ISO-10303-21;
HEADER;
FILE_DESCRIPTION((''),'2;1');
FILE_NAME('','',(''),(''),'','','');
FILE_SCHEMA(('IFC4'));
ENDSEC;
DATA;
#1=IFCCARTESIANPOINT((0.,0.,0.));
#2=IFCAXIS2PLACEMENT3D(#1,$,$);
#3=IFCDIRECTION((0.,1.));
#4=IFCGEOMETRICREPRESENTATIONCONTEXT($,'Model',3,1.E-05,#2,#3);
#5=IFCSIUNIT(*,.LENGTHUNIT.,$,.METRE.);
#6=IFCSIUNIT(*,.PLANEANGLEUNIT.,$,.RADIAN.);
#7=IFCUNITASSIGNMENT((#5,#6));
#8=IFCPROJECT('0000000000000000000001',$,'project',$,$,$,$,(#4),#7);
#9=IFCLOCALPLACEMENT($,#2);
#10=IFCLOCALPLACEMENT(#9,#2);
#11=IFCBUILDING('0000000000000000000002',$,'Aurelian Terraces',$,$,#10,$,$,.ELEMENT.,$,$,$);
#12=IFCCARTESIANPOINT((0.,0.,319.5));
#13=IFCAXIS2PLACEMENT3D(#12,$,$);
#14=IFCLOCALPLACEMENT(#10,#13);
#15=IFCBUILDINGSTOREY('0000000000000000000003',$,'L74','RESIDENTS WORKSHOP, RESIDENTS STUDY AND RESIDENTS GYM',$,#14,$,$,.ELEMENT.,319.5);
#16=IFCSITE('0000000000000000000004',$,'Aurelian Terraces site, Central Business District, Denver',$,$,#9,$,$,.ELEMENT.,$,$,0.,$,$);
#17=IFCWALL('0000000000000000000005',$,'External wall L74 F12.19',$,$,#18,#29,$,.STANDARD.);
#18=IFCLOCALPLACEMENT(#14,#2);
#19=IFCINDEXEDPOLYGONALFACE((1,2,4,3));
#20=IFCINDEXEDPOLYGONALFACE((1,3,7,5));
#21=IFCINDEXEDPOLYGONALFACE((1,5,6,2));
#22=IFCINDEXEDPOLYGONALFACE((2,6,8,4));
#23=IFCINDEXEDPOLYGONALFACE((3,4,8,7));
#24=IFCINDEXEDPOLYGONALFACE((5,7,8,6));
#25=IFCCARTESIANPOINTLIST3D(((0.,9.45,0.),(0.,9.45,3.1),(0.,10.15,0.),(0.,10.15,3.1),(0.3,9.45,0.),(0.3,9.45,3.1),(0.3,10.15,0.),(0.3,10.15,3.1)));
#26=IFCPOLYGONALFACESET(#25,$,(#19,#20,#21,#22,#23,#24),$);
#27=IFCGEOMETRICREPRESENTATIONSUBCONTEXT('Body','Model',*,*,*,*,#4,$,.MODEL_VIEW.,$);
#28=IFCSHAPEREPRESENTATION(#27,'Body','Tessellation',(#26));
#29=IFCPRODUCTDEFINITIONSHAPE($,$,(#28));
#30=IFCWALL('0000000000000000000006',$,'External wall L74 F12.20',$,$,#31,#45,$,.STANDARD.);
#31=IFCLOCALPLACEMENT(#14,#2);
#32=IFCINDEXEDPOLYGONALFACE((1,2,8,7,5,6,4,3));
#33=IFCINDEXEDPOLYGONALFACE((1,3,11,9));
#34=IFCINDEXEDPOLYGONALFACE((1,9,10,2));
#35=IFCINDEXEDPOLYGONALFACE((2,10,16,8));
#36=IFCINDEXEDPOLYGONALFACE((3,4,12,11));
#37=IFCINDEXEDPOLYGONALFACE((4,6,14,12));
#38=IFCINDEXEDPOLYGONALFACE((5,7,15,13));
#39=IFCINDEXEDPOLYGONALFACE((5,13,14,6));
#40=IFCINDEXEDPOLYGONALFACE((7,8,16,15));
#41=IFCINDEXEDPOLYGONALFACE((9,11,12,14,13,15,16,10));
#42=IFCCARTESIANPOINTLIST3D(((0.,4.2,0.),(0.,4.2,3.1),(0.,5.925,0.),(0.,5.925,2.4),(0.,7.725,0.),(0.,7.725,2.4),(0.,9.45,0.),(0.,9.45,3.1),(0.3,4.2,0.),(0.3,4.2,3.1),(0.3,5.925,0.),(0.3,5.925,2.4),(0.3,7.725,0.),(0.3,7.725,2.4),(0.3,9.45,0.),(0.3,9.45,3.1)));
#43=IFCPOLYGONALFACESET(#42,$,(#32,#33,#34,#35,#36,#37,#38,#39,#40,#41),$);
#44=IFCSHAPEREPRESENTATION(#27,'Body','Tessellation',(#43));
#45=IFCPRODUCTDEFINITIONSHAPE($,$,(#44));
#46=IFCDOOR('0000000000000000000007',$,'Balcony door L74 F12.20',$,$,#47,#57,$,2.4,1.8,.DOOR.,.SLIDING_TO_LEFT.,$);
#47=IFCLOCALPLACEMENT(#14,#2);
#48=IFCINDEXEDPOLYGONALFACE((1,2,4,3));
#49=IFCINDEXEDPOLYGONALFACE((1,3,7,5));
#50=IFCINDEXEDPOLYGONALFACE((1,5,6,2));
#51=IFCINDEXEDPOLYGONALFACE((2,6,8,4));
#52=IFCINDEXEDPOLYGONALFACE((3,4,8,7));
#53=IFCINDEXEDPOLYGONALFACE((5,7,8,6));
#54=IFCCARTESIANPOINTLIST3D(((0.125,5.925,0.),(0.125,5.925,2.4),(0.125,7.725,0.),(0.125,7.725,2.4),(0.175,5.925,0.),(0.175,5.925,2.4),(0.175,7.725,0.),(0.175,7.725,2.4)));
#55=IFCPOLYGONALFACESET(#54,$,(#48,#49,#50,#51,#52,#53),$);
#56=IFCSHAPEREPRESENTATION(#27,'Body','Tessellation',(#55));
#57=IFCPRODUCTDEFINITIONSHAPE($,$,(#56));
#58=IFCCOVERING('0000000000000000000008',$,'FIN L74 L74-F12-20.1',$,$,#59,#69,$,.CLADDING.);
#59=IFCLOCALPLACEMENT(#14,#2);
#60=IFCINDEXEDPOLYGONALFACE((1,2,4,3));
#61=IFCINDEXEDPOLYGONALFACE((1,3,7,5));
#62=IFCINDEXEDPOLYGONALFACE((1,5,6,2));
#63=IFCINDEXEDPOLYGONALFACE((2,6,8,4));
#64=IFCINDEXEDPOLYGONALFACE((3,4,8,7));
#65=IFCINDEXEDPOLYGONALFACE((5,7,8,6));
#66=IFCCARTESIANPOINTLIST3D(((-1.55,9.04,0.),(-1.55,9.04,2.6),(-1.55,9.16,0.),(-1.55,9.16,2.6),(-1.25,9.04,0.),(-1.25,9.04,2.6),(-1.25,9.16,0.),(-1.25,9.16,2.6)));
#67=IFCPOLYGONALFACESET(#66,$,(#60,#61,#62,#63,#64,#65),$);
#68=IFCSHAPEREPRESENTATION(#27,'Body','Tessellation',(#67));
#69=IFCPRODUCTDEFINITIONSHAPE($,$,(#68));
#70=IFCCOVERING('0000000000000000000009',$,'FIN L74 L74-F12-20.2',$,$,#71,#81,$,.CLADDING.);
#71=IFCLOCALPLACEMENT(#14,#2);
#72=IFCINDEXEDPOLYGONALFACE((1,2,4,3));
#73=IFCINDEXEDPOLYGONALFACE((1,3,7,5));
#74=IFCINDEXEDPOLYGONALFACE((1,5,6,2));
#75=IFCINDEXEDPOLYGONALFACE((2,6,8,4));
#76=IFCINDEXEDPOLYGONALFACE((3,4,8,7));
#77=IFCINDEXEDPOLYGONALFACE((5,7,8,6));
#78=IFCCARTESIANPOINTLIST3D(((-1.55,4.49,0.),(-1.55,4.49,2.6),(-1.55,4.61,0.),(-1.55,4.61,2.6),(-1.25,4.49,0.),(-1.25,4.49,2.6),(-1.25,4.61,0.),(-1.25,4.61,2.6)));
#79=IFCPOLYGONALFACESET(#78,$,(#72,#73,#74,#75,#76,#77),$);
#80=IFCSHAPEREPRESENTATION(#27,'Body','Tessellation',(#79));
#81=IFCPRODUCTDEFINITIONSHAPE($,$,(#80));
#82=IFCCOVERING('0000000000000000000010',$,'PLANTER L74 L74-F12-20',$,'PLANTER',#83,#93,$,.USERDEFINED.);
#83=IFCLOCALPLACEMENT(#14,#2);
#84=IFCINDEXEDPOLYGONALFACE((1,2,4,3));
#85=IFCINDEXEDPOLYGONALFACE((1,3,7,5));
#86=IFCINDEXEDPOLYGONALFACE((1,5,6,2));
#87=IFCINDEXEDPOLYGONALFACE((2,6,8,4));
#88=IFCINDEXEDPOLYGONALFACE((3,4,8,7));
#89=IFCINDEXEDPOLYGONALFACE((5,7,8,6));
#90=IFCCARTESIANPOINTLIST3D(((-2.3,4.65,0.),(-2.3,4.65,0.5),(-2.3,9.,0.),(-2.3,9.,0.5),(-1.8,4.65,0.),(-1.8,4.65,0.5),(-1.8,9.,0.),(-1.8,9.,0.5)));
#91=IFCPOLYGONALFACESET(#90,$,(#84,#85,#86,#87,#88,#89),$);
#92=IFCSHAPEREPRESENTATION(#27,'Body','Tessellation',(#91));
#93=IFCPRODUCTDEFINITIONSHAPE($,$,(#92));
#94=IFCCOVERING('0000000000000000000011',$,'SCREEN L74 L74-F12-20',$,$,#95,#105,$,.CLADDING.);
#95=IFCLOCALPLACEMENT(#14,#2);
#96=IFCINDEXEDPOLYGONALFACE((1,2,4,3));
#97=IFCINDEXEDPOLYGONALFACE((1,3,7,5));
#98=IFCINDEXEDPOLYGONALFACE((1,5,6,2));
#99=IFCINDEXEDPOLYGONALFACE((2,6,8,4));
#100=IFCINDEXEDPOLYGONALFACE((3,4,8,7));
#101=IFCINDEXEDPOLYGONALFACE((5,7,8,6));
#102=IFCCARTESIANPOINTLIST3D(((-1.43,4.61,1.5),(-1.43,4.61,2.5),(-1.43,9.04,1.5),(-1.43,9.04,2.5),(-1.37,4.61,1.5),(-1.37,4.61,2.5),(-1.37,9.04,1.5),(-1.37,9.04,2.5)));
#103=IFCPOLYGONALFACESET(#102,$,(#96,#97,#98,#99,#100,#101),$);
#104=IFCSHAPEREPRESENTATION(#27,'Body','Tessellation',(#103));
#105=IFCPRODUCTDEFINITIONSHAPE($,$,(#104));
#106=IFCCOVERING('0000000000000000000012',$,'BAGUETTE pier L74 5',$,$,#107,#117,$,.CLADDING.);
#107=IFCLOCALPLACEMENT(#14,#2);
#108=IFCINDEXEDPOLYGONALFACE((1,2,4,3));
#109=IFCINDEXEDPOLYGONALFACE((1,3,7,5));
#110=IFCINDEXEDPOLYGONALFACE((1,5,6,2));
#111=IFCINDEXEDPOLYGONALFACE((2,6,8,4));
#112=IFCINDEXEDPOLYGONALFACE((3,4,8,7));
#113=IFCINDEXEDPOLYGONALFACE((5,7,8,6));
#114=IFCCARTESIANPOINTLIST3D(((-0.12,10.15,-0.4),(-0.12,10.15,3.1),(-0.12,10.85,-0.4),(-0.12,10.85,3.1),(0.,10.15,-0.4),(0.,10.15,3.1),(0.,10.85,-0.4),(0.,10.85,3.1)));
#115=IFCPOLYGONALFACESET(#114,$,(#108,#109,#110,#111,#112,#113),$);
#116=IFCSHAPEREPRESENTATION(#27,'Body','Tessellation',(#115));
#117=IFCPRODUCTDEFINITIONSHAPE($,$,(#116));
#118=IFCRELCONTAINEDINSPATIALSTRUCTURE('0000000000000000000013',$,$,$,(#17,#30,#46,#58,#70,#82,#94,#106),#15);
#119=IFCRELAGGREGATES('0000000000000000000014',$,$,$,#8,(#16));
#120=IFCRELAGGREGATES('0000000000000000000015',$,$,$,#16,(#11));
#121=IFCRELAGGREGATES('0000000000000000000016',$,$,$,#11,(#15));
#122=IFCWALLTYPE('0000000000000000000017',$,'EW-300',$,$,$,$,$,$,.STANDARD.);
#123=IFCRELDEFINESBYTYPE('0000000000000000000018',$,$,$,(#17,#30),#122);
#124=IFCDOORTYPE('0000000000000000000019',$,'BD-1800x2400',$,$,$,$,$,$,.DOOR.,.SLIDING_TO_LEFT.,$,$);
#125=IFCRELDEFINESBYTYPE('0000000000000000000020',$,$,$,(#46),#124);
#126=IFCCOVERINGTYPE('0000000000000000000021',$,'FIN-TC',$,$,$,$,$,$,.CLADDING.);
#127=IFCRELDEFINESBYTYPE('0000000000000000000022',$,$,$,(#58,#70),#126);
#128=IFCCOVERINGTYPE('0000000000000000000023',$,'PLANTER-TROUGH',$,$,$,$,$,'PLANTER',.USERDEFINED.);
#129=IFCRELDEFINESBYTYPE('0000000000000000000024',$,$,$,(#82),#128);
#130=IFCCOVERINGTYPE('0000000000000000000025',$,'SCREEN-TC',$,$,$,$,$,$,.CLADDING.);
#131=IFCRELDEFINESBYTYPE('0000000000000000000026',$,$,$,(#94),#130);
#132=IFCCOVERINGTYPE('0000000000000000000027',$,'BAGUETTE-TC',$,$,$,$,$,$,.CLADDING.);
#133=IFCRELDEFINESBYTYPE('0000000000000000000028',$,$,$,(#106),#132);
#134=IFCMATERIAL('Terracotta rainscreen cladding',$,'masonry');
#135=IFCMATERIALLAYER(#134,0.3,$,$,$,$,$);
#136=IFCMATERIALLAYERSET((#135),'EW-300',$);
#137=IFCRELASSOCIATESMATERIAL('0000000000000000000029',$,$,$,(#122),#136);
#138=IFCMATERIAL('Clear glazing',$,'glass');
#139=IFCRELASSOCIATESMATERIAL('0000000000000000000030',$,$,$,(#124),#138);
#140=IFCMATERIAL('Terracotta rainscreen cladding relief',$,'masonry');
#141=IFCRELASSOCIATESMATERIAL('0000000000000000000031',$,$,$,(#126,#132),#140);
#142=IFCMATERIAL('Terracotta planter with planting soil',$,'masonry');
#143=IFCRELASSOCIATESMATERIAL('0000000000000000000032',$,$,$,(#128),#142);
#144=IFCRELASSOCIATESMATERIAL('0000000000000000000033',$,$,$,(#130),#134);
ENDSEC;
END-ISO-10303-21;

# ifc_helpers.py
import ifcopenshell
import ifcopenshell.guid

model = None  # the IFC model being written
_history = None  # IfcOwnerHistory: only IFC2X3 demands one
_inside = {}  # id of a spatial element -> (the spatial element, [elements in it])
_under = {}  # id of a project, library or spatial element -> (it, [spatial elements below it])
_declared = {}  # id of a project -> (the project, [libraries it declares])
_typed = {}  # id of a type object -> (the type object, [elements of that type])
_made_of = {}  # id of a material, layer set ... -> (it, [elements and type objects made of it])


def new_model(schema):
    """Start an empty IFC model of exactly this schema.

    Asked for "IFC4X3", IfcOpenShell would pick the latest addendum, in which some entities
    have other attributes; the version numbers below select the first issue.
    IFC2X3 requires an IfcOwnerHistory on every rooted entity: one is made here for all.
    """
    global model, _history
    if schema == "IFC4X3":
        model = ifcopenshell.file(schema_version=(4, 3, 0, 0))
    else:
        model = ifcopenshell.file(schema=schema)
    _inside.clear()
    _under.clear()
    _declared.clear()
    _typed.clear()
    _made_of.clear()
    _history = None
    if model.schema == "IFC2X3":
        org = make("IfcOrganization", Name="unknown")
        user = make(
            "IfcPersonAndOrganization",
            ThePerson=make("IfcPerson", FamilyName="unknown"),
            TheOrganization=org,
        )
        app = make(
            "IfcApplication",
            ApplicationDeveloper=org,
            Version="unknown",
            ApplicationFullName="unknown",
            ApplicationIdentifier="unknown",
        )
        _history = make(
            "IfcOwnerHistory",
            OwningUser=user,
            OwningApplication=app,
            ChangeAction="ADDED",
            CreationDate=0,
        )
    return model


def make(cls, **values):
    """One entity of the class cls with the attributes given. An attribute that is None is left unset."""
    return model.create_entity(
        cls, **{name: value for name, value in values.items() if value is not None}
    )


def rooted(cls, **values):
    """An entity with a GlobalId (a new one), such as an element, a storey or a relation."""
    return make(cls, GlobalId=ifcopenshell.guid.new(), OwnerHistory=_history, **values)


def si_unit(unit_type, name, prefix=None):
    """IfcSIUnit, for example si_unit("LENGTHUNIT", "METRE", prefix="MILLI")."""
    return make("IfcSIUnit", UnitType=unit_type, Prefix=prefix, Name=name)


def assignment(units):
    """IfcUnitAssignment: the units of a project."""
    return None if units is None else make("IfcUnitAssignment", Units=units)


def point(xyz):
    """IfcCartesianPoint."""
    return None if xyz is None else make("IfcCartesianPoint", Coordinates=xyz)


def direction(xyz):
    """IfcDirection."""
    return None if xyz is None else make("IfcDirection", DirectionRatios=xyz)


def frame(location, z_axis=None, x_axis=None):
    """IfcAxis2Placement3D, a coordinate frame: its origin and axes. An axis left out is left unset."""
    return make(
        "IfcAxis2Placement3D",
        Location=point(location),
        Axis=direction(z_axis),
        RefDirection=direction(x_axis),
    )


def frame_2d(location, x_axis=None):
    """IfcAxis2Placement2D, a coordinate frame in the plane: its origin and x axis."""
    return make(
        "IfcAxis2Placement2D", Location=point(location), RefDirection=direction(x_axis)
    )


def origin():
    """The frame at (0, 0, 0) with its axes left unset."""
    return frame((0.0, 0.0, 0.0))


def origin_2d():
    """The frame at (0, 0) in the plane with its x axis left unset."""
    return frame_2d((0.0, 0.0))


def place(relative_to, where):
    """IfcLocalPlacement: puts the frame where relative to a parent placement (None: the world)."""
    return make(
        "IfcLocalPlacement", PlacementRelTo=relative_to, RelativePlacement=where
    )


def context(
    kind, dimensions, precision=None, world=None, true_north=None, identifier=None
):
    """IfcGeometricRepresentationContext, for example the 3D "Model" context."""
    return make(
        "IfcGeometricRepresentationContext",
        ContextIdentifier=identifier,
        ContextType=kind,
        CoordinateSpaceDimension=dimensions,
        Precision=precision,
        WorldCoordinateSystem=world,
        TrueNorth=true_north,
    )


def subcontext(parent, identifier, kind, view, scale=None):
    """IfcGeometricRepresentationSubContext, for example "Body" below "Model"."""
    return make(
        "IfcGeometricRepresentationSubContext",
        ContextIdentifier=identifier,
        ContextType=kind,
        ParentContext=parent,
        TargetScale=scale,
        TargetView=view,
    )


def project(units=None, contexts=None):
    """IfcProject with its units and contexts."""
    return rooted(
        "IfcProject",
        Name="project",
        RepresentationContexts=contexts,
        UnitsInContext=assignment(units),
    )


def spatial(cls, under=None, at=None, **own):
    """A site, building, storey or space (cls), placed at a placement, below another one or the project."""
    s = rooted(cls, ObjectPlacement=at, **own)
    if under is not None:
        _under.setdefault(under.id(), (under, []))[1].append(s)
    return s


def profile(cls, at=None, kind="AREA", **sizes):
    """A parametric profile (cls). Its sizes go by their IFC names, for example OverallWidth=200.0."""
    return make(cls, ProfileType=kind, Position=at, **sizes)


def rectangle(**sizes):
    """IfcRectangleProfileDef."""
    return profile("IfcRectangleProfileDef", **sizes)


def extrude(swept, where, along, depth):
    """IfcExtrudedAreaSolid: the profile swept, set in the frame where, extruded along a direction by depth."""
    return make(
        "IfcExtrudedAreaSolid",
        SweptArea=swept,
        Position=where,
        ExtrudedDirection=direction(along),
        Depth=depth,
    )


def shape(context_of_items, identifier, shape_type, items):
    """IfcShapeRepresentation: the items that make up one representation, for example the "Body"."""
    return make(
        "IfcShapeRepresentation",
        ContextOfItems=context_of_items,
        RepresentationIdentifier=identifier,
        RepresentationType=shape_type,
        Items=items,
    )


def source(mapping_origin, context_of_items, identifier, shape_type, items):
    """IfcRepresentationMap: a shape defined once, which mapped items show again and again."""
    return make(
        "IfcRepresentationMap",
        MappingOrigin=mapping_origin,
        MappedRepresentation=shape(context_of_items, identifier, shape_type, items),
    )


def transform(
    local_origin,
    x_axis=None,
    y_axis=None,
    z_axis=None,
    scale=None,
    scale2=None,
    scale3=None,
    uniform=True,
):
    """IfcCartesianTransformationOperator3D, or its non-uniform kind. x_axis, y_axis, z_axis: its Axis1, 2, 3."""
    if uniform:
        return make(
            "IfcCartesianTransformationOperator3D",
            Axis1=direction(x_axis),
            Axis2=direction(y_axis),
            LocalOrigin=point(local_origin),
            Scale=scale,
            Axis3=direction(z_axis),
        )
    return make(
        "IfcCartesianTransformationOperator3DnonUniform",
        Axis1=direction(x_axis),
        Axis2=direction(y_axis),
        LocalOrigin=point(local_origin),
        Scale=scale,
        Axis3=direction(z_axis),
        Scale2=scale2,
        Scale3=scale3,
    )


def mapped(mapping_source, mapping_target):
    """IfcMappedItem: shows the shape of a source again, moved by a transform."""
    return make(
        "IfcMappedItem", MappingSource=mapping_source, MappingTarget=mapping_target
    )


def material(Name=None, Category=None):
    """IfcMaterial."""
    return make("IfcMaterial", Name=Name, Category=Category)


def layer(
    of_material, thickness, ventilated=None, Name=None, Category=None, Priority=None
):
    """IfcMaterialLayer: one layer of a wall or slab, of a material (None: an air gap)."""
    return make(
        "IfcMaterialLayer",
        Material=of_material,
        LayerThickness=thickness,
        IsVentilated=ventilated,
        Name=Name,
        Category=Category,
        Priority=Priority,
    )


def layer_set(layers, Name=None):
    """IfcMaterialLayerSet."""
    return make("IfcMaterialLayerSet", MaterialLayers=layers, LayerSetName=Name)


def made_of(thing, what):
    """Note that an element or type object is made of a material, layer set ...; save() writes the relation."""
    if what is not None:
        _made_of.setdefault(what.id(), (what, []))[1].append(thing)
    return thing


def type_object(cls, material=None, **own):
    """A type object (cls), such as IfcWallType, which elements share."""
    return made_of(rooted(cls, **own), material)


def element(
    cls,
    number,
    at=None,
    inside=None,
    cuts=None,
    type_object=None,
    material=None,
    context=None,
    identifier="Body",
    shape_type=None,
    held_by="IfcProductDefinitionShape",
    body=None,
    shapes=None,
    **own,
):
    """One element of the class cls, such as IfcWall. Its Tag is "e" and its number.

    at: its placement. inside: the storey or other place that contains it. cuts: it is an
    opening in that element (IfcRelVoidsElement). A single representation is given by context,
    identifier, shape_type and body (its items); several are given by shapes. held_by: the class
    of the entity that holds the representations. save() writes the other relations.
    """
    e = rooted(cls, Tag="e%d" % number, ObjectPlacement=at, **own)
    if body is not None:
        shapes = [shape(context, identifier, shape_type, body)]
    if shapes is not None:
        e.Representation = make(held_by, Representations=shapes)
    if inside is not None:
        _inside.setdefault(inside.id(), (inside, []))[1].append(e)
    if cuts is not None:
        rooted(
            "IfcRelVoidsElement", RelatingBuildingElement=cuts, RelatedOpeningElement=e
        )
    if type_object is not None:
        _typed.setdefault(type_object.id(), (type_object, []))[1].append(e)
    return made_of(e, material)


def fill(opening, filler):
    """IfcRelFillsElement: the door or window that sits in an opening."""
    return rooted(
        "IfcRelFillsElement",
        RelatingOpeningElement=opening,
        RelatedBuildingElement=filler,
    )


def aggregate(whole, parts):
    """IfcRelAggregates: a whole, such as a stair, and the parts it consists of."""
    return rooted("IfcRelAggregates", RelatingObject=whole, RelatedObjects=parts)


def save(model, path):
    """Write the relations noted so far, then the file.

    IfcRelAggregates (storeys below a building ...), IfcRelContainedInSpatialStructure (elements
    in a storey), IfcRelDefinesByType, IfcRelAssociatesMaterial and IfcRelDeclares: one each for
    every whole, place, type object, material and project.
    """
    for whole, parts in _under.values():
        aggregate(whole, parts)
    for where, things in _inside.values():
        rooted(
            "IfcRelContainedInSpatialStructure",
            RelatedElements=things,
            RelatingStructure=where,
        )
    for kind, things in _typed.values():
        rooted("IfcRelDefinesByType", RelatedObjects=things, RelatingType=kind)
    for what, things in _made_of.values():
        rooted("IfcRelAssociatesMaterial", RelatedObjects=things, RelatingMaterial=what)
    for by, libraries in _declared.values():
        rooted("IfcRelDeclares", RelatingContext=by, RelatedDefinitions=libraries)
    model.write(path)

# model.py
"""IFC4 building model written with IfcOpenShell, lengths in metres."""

from ifc_helpers import new_model, si_unit, direction, frame, frame_2d, origin, origin_2d, place, context, subcontext, project, spatial, rectangle, extrude, source, transform, mapped, material, layer, layer_set, type_object, element, fill, save


model = new_model("IFC4")

# Units and contexts
model_context = context("Model", 3, precision=1e-05, world=origin(), true_north=direction((0.0, 1.0)))
body_context = subcontext(model_context, "Body", "Model", "MODEL_VIEW")
ifc_project = project(units=[si_unit("LENGTHUNIT", "METRE"), si_unit("PLANEANGLEUNIT", "RADIAN")], contexts=[model_context])

# Site, building, storey
site_placement = place(None, origin())
site = spatial("IfcSite", under=ifc_project, at=site_placement, Name="Aurelian Terraces site, Central Business District, Denver", CompositionType="ELEMENT", RefElevation=0.0)
building_placement = place(site_placement, origin())
building = spatial("IfcBuilding", under=site, at=building_placement, Name="Aurelian Terraces", CompositionType="ELEMENT")
storey_placement = place(building_placement, frame((0.0, 0.0, 319.5)))
storey = spatial("IfcBuildingStorey", under=building, at=storey_placement, Name="L74", Description="RESIDENTS WORKSHOP, RESIDENTS STUDY AND RESIDENTS GYM", CompositionType="ELEMENT", Elevation=319.5)

# Shared definitions
ifc_material_1 = material(Name="Terracotta rainscreen cladding", Category="masonry")
ifc_layer_1 = layer(ifc_material_1, 0.3)
ifc_layer_set_1 = layer_set([ifc_layer_1], Name="EW-300")
wall_type_1 = type_object("IfcWallType", Name="EW-300", PredefinedType="STANDARD", material=ifc_layer_set_1)
ifc_material_2 = material(Name="Clear glazing", Category="glass")

# Shared definitions
shared_shape_1 = source(origin(), body_context, "Body", "SweptSolid", [
    extrude(rectangle(XDim=1.8, YDim=2.4, at=frame_2d((0.9, 1.2))), frame((0.0, 0.16, 0.0), z_axis=(0.0, -1.0, 0.0), x_axis=(1.0, 0.0, 0.0)), (0.0, 0.0, 1.0), 0.32),
])
door_type_1 = type_object("IfcDoorType", Name="BD-1800x2400", OperationType="SLIDING_TO_LEFT", PredefinedType="DOOR", material=ifc_material_2)
shared_shape_2 = source(origin(), body_context, "Body", "SweptSolid", [
    extrude(rectangle(XDim=1.8, YDim=2.4, at=frame_2d((0.9, 1.2))), frame((0.0, 0.025, 0.0), z_axis=(0.0, -1.0, 0.0), x_axis=(1.0, 0.0, 0.0)), (0.0, 0.0, 1.0), 0.05),
])

# Wall
shared_shape_3 = source(origin(), body_context, "Body", "SweptSolid", [
    extrude(rectangle(XDim=0.7, YDim=0.3, at=frame_2d((0.35, 0.0))), origin(), (0.0, 0.0, 1.0), 3.1),
])
wall_1_placement = place(storey_placement, frame((0.15, 10.15, 0.0), z_axis=(0.0, 0.0, 1.0), x_axis=(0.0, -1.0, 0.0)))
element("IfcWall", 1, at=wall_1_placement, inside=storey, type_object=wall_type_1, Name="External wall L74 F12.19", PredefinedType="STANDARD", context=body_context, shape_type="MappedRepresentation", body=[
    mapped(shared_shape_3, transform((0.0, 0.0, 0.0), scale=1.0)),
])

# Wall, opening, door
shared_shape_4 = source(origin(), body_context, "Body", "SweptSolid", [
    extrude(rectangle(XDim=5.25, YDim=0.3, at=frame_2d((2.625, 0.0))), origin(), (0.0, 0.0, 1.0), 3.1),
])
wall_2_placement = place(storey_placement, frame((0.15, 9.45, 0.0), z_axis=(0.0, 0.0, 1.0), x_axis=(0.0, -1.0, 0.0)))
wall_2 = element("IfcWall", 2, at=wall_2_placement, inside=storey, type_object=wall_type_1, Name="External wall L74 F12.20", PredefinedType="STANDARD", context=body_context, shape_type="MappedRepresentation", body=[
    mapped(shared_shape_4, transform((0.0, 0.0, 0.0), scale=1.0)),
])
opening_1_placement = place(wall_2_placement, frame((1.725, 0.0, 0.0)))
opening_1 = element("IfcOpeningElement", 3, at=opening_1_placement, cuts=wall_2, PredefinedType="OPENING", context=body_context, shape_type="MappedRepresentation", body=[
    mapped(shared_shape_1, transform((0.0, 0.0, 0.0), scale=1.0)),
])
door_1_placement = place(opening_1_placement, origin())
door_1 = element("IfcDoor", 4, at=door_1_placement, inside=storey, type_object=door_type_1, Name="Balcony door L74 F12.20", OperationType="SLIDING_TO_LEFT", OverallHeight=2.4, OverallWidth=1.8, PredefinedType="DOOR", context=body_context, shape_type="MappedRepresentation", body=[
    mapped(shared_shape_2, transform((0.0, 0.0, 0.0), scale=1.0)),
])
fill(opening_1, door_1)

# Coverings
ifc_material_3 = material(Name="Terracotta rainscreen cladding relief", Category="masonry")
covering_type_1 = type_object("IfcCoveringType", Name="FIN-TC", PredefinedType="CLADDING", material=ifc_material_3)
shared_shape_5 = source(origin(), body_context, "Body", "SweptSolid", [
    extrude(rectangle(XDim=0.3, YDim=0.12, at=origin_2d()), origin(), (0.0, 0.0, 1.0), 2.6),
])
for number, where, z_axis, x_axis, name in (
    (5, (-1.4, 9.1, 0.0), (0.0, 0.0, 1.0), (1.0, 0.0, 0.0), "FIN L74 L74-F12-20.1"),
    (6, (-1.4, 4.55, 0.0), (0.0, 0.0, 1.0), (1.0, 0.0, 0.0), "FIN L74 L74-F12-20.2"),
):
    element("IfcCovering", number, at=place(storey_placement, frame(where, z_axis=z_axis, x_axis=x_axis)), inside=storey, type_object=covering_type_1, Name=name, PredefinedType="CLADDING", context=body_context, shape_type="MappedRepresentation", body=[
        mapped(shared_shape_5, transform((0.0, 0.0, 0.0), scale=1.0)),
    ])

# Coverings
ifc_material_4 = material(Name="Terracotta planter with planting soil", Category="masonry")
covering_type_2 = type_object("IfcCoveringType", Name="PLANTER-TROUGH", ElementType="PLANTER", PredefinedType="USERDEFINED", material=ifc_material_4)
shared_shape_6 = source(origin(), body_context, "Body", "SweptSolid", [
    extrude(rectangle(XDim=0.5, YDim=4.35, at=origin_2d()), origin(), (0.0, 0.0, 1.0), 0.5),
])
covering_1_placement = place(storey_placement, frame((-2.05, 6.825, 0.0), z_axis=(0.0, 0.0, 1.0), x_axis=(1.0, 0.0, 0.0)))
element("IfcCovering", 7, at=covering_1_placement, inside=storey, type_object=covering_type_2, Name="PLANTER L74 L74-F12-20", ObjectType="PLANTER", PredefinedType="USERDEFINED", context=body_context, shape_type="MappedRepresentation", body=[
    mapped(shared_shape_6, transform((0.0, 0.0, 0.0), scale=1.0)),
])
covering_type_3 = type_object("IfcCoveringType", Name="SCREEN-TC", PredefinedType="CLADDING", material=ifc_material_1)
shared_shape_7 = source(origin(), body_context, "Body", "SweptSolid", [
    extrude(rectangle(XDim=0.06, YDim=4.43, at=origin_2d()), origin(), (0.0, 0.0, 1.0), 1.0),
])
covering_2_placement = place(storey_placement, frame((-1.4, 6.825, 1.5), z_axis=(0.0, 0.0, 1.0), x_axis=(1.0, 0.0, 0.0)))
element("IfcCovering", 8, at=covering_2_placement, inside=storey, type_object=covering_type_3, Name="SCREEN L74 L74-F12-20", PredefinedType="CLADDING", context=body_context, shape_type="MappedRepresentation", body=[
    mapped(shared_shape_7, transform((0.0, 0.0, 0.0), scale=1.0)),
])
covering_type_4 = type_object("IfcCoveringType", Name="BAGUETTE-TC", PredefinedType="CLADDING", material=ifc_material_3)
shared_shape_8 = source(origin(), body_context, "Body", "SweptSolid", [
    extrude(rectangle(XDim=0.12, YDim=0.7, at=origin_2d()), origin(), (0.0, 0.0, 1.0), 3.5),
])
covering_3_placement = place(storey_placement, frame((-0.06, 10.5, -0.4), z_axis=(0.0, 0.0, 1.0), x_axis=(1.0, 0.0, 0.0)))
element("IfcCovering", 9, at=covering_3_placement, inside=storey, type_object=covering_type_4, Name="BAGUETTE pier L74 5", PredefinedType="CLADDING", context=body_context, shape_type="MappedRepresentation", body=[
    mapped(shared_shape_8, transform((0.0, 0.0, 0.0), scale=1.0)),
])

save(model, "model.ifc")
